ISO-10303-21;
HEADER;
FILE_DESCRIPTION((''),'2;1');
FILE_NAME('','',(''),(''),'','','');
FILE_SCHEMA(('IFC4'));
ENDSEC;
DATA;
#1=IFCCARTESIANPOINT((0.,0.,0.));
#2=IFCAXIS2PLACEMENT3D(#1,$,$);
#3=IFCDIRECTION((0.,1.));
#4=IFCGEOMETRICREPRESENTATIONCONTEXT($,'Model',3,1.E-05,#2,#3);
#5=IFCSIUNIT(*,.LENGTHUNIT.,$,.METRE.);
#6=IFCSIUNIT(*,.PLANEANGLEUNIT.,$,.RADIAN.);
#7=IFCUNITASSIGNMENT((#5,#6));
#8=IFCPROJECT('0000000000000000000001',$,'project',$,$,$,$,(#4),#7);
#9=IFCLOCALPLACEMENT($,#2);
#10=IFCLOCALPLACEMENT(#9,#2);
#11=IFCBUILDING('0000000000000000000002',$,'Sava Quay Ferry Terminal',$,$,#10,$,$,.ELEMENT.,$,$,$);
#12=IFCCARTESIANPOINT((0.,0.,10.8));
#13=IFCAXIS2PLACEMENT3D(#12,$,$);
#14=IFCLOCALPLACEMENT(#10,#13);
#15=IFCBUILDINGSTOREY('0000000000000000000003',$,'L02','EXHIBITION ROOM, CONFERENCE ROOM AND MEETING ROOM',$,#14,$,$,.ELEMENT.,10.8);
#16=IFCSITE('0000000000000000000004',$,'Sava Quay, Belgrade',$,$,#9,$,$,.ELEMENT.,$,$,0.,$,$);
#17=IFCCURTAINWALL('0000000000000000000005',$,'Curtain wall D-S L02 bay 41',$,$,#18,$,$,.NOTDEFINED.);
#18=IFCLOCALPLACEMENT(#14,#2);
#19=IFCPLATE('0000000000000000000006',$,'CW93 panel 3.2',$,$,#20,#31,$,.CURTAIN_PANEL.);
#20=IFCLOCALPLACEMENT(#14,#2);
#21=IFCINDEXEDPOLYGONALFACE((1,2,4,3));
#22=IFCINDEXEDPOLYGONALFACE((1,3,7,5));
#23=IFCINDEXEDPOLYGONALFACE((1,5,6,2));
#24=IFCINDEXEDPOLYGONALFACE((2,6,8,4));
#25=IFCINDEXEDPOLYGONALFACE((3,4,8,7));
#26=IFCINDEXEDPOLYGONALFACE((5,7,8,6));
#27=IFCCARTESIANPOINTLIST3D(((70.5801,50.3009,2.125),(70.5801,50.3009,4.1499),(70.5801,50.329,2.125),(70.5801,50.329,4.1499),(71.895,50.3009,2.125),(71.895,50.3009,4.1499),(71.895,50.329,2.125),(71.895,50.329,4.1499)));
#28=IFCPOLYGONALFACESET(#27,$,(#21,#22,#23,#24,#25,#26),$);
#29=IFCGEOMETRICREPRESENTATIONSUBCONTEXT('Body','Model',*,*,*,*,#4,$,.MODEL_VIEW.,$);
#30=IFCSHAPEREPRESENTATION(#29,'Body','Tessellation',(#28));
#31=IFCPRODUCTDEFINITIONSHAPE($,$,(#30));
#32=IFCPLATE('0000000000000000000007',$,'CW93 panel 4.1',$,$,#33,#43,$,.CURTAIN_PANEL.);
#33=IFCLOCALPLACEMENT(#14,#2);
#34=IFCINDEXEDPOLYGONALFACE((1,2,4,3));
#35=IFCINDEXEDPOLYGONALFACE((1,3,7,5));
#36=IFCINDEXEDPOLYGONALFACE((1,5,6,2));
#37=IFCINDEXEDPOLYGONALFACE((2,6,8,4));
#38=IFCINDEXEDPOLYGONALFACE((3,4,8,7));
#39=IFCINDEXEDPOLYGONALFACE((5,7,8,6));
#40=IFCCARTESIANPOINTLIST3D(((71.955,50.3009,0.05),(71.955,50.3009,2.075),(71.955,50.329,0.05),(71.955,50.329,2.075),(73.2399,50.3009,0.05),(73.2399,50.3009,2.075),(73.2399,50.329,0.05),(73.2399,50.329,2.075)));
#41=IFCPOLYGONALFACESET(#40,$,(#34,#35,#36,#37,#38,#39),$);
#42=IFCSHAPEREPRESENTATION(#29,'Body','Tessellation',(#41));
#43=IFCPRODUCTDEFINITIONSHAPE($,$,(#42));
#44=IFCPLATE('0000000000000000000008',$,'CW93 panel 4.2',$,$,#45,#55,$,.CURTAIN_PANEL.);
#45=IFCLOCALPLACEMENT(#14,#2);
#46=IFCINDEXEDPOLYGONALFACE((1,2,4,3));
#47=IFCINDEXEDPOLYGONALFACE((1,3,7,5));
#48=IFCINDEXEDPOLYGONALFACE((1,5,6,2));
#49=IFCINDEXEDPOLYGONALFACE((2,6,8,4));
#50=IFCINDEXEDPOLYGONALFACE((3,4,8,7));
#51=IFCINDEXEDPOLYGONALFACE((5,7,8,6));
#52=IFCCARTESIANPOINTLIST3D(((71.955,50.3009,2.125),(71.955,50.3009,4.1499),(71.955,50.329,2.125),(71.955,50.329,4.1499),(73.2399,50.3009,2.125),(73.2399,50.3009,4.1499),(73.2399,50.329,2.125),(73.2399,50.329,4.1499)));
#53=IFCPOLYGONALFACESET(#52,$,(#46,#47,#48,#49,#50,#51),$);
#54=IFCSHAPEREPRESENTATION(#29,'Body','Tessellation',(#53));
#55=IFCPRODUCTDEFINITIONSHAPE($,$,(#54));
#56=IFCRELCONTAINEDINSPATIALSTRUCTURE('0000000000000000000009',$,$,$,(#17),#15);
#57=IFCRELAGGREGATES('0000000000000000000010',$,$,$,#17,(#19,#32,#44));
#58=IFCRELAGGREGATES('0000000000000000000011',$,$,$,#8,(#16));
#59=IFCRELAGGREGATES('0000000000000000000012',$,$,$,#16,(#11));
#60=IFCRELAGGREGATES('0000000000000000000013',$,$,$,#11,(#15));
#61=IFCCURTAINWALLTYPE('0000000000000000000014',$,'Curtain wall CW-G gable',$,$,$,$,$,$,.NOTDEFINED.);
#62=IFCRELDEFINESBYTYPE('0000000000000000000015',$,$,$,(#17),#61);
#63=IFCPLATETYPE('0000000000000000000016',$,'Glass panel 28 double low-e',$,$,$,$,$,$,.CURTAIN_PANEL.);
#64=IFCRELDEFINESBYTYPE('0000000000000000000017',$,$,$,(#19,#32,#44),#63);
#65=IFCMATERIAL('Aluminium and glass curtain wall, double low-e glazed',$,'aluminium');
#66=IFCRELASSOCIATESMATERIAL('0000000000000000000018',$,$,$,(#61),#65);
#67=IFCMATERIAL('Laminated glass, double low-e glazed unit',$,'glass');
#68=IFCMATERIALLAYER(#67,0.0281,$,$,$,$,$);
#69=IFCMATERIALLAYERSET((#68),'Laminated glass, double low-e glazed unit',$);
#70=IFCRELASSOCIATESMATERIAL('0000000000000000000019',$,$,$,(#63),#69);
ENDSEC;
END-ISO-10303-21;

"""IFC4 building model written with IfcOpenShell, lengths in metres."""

from ifc_helpers import new_model, si_unit, direction, frame, origin, origin_2d, place, context, subcontext, project, spatial, rectangle, extrude, material, layer, layer_set, type_object, element, aggregate, save


model = new_model("IFC4")

# Units and contexts
model_context = context("Model", 3, precision=1e-05, world=origin(), true_north=direction((0.0, 1.0)))
body_context = subcontext(model_context, "Body", "Model", "MODEL_VIEW")
ifc_project = project(units=[si_unit("LENGTHUNIT", "METRE"), si_unit("PLANEANGLEUNIT", "RADIAN")], contexts=[model_context])

# Site, building, storey
site_placement = place(None, origin())
site = spatial("IfcSite", under=ifc_project, at=site_placement, Name="Sava Quay, Belgrade", CompositionType="ELEMENT", RefElevation=0.0)
building_placement = place(site_placement, origin())
building = spatial("IfcBuilding", under=site, at=building_placement, Name="Sava Quay Ferry Terminal", CompositionType="ELEMENT")
storey_placement = place(building_placement, frame((0.0, 0.0, 10.8)))
storey = spatial("IfcBuildingStorey", under=building, at=storey_placement, Name="L02", Description="EXHIBITION ROOM, CONFERENCE ROOM AND MEETING ROOM", CompositionType="ELEMENT", Elevation=10.8)

# Curtain wall
ifc_material_1 = material(Name="Aluminium and glass curtain wall, double low-e glazed", Category="aluminium")
curtain_wall_type = type_object("IfcCurtainWallType", Name="Curtain wall CW-G gable", PredefinedType="NOTDEFINED", material=ifc_material_1)
curtain_wall_1_placement = place(storey_placement, origin())
curtain_wall_1 = element("IfcCurtainWall", 1, at=curtain_wall_1_placement, inside=storey, type_object=curtain_wall_type, Name="Curtain wall D-S L02 bay 41", PredefinedType="NOTDEFINED")

# Plates
ifc_material_2 = material(Name="Laminated glass, double low-e glazed unit", Category="glass")
ifc_layer = layer(ifc_material_2, 0.0281)
ifc_layer_set = layer_set([ifc_layer], Name="Laminated glass, double low-e glazed unit")
plate_type = type_object("IfcPlateType", Name="Glass panel 28 double low-e", PredefinedType="CURTAIN_PANEL", material=ifc_layer_set)
plate_1_placement = place(storey_placement, frame((71.2375, 50.3149, 2.125), z_axis=(0.0, 0.0, 1.0), x_axis=(1.0, 0.0, 0.0)))
plate_1 = element("IfcPlate", 2, at=plate_1_placement, type_object=plate_type, Name="CW93 panel 3.2", PredefinedType="CURTAIN_PANEL", context=body_context, shape_type="SweptSolid", body=[
    extrude(rectangle(XDim=1.3149, YDim=0.0281, at=origin_2d()), origin(), (0.0, 0.0, 1.0), 2.0249),
])
plate_2_placement = place(storey_placement, frame((72.5974, 50.3149, 0.05), z_axis=(0.0, 0.0, 1.0), x_axis=(1.0, 0.0, 0.0)))
plate_2 = element("IfcPlate", 3, at=plate_2_placement, type_object=plate_type, Name="CW93 panel 4.1", PredefinedType="CURTAIN_PANEL", context=body_context, shape_type="SweptSolid", body=[
    extrude(rectangle(XDim=1.2849, YDim=0.0281, at=origin_2d()), origin(), (0.0, 0.0, 1.0), 2.0249),
])
plate_3_placement = place(storey_placement, frame((72.5974, 50.3149, 2.125), z_axis=(0.0, 0.0, 1.0), x_axis=(1.0, 0.0, 0.0)))
plate_3 = element("IfcPlate", 4, at=plate_3_placement, type_object=plate_type, Name="CW93 panel 4.2", PredefinedType="CURTAIN_PANEL", context=body_context, shape_type="SweptSolid", body=[
    extrude(rectangle(XDim=1.2849, YDim=0.0281, at=origin_2d()), origin(), (0.0, 0.0, 1.0), 2.0249),
])
aggregate(curtain_wall_1, [plate_1, plate_2, plate_3])

save(model, "model.ifc")
